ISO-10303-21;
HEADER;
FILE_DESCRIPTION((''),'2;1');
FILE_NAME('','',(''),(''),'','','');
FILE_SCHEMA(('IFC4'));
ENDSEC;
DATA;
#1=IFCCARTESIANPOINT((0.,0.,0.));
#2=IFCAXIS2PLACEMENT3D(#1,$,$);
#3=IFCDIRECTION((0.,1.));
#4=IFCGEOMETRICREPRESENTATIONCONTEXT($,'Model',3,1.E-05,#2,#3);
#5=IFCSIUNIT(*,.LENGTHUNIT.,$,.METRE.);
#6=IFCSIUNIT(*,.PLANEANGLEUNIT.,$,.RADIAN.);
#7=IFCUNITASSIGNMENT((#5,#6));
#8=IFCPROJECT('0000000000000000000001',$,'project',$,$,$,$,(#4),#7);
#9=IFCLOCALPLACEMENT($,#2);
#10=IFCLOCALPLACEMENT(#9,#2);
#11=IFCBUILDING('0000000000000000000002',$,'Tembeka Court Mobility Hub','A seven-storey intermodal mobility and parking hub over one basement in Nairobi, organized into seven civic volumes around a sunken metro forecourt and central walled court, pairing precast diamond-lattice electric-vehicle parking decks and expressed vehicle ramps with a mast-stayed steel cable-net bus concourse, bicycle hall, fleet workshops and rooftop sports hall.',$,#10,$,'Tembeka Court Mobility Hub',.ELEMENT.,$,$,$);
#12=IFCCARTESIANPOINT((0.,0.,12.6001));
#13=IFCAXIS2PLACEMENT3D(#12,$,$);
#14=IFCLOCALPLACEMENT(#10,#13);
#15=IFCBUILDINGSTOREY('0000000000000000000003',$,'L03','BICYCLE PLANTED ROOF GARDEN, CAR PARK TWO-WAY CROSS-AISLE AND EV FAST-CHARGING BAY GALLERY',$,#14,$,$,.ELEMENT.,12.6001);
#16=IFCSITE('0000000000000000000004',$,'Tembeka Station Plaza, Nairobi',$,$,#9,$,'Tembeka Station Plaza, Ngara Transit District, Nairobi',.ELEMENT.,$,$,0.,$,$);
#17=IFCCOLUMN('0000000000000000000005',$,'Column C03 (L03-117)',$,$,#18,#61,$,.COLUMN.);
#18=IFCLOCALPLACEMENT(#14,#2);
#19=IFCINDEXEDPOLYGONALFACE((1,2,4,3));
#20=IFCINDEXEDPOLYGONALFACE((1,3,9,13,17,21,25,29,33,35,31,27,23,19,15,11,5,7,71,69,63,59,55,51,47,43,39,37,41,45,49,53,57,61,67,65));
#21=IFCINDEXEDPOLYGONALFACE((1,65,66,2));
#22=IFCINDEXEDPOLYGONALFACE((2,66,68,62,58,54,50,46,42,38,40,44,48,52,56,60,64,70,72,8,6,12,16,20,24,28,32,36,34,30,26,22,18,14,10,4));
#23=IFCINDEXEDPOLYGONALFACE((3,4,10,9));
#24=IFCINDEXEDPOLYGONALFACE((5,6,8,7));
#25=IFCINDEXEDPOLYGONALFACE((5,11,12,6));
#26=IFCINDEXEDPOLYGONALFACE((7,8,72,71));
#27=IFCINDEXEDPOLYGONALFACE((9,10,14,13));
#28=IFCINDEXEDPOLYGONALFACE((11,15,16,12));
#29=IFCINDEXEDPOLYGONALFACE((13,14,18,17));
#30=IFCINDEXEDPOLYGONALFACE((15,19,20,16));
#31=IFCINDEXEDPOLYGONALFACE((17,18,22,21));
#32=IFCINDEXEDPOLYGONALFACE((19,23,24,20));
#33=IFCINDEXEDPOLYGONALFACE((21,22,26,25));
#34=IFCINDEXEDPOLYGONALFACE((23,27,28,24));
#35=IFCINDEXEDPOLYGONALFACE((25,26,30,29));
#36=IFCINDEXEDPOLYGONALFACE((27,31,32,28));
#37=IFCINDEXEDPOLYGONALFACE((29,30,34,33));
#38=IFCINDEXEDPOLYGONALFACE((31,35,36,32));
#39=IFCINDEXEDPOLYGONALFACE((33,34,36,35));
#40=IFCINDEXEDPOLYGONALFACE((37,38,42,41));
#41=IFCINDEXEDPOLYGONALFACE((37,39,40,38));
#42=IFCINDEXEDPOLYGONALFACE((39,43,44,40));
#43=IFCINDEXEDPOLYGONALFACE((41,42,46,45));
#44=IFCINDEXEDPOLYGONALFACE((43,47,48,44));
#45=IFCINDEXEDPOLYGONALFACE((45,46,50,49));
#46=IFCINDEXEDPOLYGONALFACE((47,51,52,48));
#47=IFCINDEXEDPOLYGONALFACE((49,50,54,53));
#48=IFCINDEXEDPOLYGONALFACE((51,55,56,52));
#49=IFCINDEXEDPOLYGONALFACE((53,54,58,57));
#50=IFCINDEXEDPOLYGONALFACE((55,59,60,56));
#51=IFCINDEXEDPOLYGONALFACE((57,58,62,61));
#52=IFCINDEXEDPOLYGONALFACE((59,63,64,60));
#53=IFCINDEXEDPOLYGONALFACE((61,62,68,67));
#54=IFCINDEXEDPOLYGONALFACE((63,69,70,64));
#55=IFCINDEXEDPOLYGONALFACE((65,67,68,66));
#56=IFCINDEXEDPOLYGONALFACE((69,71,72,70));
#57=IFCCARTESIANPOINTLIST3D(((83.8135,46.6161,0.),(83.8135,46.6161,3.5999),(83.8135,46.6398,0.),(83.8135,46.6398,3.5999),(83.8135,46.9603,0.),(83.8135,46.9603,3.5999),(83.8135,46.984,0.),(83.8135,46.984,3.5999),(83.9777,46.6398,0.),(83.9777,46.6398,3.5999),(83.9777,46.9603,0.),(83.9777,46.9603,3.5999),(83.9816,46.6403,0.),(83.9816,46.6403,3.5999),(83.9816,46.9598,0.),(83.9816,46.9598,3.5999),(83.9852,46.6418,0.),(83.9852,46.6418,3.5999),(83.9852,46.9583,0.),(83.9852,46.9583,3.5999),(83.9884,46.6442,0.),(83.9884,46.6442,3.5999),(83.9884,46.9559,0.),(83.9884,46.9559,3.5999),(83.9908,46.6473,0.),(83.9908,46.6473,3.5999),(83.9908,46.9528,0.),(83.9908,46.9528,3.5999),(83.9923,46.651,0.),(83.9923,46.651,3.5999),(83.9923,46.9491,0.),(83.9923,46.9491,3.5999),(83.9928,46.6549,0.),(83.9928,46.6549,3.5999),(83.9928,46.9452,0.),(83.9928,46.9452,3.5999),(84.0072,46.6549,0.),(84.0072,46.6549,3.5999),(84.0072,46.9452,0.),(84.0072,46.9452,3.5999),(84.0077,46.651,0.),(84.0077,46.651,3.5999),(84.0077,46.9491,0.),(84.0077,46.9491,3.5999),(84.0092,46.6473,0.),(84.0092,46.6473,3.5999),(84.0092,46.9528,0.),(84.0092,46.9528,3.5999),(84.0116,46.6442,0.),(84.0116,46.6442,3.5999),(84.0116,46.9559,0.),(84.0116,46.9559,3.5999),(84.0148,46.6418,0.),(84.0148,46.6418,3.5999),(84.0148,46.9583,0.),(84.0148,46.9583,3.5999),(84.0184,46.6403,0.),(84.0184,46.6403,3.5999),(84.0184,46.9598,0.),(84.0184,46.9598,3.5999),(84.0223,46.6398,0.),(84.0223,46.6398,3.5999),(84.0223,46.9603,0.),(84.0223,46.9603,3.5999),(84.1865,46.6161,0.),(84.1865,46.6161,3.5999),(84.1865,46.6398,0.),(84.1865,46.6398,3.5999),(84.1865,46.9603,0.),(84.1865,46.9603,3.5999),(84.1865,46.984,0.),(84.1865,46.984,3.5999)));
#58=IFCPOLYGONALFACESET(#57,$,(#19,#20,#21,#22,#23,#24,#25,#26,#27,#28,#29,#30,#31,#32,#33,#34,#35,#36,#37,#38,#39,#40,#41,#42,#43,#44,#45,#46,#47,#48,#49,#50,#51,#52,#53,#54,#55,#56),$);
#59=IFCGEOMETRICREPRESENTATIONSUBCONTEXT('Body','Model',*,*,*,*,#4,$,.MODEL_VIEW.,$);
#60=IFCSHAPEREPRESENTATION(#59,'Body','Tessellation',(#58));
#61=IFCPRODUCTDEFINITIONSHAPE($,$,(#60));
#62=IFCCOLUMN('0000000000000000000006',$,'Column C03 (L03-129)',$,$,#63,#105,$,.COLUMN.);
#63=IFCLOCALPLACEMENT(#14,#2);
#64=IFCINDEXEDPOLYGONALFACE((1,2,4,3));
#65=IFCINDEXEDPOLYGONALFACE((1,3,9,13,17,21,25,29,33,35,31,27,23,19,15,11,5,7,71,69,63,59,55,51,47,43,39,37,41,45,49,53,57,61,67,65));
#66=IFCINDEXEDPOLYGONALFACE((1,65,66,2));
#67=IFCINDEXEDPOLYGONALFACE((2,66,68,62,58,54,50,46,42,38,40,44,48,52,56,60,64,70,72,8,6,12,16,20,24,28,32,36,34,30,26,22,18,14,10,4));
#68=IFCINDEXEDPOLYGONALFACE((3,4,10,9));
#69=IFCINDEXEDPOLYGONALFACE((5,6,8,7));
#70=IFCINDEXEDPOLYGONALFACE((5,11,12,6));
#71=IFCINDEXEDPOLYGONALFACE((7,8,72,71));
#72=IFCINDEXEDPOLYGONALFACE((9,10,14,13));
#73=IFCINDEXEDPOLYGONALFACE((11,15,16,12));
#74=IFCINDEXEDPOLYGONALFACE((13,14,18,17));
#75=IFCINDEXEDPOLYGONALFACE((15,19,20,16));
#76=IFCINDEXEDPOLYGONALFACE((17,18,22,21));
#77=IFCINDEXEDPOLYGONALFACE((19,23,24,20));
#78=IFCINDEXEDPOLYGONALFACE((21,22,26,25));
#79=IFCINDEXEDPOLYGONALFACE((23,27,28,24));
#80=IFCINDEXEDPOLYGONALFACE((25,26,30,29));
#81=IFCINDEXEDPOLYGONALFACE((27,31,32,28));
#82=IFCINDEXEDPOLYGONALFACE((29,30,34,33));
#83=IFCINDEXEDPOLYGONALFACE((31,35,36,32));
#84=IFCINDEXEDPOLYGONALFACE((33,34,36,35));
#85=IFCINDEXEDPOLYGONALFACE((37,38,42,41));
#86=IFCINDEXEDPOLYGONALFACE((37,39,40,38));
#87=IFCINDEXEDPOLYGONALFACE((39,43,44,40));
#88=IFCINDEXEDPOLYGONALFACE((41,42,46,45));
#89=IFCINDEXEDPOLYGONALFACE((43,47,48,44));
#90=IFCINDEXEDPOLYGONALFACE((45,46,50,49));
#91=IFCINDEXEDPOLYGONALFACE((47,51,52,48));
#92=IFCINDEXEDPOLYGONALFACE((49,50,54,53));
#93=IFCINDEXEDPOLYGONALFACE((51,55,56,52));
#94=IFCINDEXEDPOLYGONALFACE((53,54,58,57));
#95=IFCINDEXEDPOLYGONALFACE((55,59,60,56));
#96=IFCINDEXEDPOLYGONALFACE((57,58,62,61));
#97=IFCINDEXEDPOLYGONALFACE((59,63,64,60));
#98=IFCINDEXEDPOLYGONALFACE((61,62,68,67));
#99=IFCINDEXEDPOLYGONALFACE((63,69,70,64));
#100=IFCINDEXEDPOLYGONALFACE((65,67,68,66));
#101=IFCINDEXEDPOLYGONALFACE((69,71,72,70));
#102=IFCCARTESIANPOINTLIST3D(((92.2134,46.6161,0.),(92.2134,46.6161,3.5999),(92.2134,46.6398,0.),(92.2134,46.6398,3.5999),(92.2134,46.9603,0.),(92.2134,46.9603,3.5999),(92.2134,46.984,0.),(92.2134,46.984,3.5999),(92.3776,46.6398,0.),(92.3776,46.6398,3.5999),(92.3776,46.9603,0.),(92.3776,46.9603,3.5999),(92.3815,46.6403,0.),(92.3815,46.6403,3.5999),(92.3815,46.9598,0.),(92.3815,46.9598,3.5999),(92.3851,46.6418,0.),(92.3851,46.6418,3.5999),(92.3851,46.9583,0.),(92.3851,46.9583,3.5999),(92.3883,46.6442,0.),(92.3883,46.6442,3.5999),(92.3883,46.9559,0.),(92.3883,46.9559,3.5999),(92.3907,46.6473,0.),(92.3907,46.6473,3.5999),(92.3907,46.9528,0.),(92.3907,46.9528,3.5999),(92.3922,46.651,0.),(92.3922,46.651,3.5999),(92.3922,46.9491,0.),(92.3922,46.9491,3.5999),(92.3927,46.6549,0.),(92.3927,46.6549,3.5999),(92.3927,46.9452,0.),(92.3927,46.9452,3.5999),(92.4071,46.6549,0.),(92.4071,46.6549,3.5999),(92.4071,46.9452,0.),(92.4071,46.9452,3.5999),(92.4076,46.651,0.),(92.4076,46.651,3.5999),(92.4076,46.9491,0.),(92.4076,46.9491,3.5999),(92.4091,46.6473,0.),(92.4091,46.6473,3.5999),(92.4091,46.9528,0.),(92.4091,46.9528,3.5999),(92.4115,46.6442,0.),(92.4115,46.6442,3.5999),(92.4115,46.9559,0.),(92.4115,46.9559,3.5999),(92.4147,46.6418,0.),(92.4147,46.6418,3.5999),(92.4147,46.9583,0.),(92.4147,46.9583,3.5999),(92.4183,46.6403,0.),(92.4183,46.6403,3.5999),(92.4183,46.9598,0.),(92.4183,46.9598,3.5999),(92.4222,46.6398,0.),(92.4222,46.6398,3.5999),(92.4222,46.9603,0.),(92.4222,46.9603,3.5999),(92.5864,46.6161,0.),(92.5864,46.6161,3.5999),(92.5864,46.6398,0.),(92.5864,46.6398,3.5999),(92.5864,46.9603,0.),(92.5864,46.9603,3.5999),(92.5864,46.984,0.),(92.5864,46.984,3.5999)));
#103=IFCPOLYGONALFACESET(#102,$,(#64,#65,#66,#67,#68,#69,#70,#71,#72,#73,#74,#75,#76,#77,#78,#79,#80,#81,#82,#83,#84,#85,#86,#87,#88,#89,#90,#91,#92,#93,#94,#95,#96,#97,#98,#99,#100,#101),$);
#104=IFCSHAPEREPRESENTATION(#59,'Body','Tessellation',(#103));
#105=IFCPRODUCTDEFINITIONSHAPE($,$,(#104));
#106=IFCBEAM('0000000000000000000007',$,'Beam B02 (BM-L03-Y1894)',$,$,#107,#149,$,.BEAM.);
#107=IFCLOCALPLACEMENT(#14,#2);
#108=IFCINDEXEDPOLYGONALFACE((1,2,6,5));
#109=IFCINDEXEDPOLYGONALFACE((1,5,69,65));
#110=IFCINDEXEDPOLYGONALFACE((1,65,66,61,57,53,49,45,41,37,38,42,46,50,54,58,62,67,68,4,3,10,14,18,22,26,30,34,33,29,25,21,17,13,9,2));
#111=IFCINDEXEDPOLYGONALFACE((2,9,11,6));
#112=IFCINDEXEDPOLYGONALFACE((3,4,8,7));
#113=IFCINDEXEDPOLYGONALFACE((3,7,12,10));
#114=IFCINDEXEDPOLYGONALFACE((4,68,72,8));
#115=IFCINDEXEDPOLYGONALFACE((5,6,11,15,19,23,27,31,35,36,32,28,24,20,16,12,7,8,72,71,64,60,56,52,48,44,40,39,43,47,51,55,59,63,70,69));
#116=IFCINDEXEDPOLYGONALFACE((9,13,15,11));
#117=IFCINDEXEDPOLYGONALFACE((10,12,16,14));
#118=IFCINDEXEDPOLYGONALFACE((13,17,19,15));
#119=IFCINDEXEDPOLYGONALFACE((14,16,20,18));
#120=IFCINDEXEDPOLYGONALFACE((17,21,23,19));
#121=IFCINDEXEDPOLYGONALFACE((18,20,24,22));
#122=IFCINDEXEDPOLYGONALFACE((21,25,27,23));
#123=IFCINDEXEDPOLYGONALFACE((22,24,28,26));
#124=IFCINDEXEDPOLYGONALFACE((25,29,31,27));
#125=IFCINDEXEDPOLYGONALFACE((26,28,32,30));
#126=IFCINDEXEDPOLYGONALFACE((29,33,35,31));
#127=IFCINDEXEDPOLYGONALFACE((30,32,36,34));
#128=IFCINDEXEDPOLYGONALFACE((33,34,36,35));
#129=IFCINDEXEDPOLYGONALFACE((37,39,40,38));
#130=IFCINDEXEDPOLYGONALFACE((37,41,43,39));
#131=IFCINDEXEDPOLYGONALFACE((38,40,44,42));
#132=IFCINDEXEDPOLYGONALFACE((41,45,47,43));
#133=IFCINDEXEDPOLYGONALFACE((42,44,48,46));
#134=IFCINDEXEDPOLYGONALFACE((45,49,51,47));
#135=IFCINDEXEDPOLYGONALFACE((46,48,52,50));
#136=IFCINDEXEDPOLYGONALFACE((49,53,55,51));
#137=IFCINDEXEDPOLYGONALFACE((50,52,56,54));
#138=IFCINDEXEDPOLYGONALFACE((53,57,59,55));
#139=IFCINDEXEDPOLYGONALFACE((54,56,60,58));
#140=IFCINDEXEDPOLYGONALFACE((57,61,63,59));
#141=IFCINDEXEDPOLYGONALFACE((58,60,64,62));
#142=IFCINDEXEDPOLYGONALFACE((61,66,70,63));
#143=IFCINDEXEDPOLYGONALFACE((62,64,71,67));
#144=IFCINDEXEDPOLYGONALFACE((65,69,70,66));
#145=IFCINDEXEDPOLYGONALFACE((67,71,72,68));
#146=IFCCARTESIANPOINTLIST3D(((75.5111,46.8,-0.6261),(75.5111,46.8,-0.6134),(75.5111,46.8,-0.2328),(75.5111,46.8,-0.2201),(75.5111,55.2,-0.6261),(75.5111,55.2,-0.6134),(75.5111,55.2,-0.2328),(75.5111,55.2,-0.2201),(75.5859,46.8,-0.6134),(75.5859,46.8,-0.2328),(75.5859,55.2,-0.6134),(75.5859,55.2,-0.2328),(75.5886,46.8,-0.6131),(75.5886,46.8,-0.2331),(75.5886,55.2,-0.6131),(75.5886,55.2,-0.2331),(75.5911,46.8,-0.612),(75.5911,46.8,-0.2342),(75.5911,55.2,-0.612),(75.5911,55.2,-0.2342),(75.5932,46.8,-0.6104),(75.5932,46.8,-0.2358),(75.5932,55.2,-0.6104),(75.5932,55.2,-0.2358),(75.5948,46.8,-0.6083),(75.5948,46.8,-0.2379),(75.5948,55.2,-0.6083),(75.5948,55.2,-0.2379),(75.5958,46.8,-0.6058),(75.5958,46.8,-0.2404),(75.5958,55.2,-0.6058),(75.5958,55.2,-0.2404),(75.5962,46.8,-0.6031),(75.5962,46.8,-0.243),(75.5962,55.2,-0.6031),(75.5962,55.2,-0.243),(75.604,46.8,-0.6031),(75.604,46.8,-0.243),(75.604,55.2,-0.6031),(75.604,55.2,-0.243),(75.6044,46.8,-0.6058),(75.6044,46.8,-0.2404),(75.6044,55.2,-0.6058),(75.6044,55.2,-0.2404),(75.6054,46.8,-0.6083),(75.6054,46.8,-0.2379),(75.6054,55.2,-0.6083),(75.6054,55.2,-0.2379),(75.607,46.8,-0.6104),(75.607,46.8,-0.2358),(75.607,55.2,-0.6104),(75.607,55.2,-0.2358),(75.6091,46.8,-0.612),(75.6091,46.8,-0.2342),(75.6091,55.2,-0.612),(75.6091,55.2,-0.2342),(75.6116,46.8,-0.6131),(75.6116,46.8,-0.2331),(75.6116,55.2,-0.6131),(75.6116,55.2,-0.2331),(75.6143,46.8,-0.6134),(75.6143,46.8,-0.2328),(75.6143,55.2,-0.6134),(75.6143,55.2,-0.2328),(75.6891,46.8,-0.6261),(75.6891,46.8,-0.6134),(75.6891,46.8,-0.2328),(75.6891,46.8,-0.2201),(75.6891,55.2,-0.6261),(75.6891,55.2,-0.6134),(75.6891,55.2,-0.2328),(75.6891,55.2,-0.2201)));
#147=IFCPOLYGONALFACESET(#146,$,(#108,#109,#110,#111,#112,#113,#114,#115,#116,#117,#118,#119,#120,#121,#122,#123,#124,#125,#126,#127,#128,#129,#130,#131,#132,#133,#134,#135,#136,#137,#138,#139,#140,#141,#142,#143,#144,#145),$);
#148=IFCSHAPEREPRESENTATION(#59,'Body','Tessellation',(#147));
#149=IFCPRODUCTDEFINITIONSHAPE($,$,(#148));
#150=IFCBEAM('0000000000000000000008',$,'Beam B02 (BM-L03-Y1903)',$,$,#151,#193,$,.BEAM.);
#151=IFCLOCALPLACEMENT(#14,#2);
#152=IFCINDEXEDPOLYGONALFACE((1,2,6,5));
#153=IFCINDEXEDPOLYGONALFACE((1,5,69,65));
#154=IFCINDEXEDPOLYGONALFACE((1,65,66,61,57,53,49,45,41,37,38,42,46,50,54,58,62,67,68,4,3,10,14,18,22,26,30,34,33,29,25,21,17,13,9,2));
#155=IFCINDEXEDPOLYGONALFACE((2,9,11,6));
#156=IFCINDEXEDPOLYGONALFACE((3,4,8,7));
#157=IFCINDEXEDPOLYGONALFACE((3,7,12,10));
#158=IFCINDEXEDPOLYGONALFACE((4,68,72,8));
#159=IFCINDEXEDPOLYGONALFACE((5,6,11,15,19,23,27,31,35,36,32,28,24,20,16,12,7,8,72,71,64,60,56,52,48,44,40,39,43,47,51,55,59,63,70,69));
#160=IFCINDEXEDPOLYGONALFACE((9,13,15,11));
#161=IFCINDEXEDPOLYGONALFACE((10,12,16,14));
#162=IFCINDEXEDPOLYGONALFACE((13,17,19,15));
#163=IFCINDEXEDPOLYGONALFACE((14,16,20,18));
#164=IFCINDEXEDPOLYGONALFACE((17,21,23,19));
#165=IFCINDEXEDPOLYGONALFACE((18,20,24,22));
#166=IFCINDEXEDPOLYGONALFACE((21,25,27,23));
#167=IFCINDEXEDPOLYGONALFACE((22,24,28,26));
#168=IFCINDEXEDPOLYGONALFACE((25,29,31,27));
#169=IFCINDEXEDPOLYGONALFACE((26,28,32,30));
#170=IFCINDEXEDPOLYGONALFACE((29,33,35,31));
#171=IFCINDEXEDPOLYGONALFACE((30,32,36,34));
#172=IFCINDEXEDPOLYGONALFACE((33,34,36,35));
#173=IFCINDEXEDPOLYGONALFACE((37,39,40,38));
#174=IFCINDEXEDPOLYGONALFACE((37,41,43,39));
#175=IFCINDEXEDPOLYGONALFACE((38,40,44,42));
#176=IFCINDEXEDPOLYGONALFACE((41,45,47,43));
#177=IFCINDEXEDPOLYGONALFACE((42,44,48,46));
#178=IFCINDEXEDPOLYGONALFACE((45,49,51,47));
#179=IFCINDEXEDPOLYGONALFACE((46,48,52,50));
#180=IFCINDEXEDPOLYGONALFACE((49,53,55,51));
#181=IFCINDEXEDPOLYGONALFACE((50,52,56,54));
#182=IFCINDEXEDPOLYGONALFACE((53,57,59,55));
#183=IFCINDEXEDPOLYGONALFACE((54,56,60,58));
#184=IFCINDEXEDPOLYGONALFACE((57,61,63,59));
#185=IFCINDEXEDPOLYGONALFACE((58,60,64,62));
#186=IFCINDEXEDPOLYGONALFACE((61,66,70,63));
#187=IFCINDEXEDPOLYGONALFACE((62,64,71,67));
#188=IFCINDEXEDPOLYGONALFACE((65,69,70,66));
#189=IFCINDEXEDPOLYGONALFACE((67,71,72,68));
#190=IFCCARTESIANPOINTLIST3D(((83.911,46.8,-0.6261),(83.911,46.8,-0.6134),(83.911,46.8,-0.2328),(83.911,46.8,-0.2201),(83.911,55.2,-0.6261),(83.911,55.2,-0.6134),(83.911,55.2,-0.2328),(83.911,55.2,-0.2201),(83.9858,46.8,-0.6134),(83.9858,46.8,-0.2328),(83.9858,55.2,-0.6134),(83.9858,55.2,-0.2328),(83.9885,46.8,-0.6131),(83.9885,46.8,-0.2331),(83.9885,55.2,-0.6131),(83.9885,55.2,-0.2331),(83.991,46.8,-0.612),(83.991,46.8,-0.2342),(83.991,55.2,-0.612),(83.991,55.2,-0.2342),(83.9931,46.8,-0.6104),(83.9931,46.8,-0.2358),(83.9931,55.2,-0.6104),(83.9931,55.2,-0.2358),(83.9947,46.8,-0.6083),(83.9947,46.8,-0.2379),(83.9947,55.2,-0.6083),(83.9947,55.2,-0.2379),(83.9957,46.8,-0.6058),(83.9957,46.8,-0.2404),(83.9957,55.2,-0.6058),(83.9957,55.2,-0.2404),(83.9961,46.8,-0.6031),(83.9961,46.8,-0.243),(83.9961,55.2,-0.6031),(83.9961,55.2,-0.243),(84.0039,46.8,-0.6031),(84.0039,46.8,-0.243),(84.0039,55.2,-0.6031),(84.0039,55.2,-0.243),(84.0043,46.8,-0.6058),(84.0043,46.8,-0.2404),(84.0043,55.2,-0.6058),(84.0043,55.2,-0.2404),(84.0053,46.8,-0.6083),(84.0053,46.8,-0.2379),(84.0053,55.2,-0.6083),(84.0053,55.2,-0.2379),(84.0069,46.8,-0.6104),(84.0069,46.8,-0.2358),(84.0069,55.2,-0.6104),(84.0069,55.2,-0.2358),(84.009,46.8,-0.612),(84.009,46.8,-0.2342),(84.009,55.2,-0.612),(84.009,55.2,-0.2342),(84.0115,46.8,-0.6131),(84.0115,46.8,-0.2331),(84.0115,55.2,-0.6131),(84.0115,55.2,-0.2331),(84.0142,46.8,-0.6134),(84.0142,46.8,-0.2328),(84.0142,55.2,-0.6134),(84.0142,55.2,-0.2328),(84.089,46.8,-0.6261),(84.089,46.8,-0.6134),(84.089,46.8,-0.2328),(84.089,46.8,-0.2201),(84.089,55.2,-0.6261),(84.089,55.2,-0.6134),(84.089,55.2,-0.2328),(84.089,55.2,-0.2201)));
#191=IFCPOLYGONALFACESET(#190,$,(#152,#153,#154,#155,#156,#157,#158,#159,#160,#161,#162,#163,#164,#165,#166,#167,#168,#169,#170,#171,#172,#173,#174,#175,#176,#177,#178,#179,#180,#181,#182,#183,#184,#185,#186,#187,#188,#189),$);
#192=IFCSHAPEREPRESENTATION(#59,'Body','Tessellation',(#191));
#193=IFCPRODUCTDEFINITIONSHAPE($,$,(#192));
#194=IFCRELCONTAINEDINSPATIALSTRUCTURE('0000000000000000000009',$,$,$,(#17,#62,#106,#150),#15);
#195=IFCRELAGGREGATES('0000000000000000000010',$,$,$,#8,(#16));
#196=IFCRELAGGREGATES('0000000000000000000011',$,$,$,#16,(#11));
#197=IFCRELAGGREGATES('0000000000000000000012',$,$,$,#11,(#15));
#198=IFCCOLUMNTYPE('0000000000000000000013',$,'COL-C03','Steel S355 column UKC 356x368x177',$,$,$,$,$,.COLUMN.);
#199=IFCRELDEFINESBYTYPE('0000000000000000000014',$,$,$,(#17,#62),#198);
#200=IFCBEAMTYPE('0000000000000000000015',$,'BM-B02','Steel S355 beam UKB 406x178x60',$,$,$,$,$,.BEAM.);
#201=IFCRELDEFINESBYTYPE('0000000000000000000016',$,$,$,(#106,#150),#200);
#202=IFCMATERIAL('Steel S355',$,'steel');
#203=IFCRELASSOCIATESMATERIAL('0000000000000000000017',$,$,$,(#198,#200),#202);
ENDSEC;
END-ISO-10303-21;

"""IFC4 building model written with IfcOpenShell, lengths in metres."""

from ifc_helpers import new_model, si_unit, direction, frame, origin, origin_2d, place, context, subcontext, project, spatial, i_section, extrude, material, material_profile, profile_set, type_object, element, save


model = new_model("IFC4")

# Units and contexts
model_context = context("Model", 3, precision=1e-05, world=origin(), true_north=direction((0.0, 1.0)))
body_context = subcontext(model_context, "Body", "Model", "MODEL_VIEW")
ifc_project = project(units=[si_unit("LENGTHUNIT", "METRE"), si_unit("PLANEANGLEUNIT", "RADIAN")], contexts=[model_context])

# Site, building, storey
site_placement = place(None, origin())
site = spatial("IfcSite", under=ifc_project, at=site_placement, Name="Tembeka Station Plaza, Nairobi", LongName="Tembeka Station Plaza, Ngara Transit District, Nairobi", CompositionType="ELEMENT", RefElevation=0.0)
building_placement = place(site_placement, origin())
building = spatial("IfcBuilding", under=site, at=building_placement, Name="Tembeka Court Mobility Hub", Description="A seven-storey intermodal mobility and parking hub over one basement in Nairobi, organized into seven civic volumes around a sunken metro forecourt and central walled court, pairing precast diamond-lattice electric-vehicle parking decks and expressed vehicle ramps with a mast-stayed steel cable-net bus concourse, bicycle hall, fleet workshops and rooftop sports hall.", LongName="Tembeka Court Mobility Hub", CompositionType="ELEMENT")
storey_placement = place(building_placement, frame((0.0, 0.0, 12.6001)))
storey = spatial("IfcBuildingStorey", under=building, at=storey_placement, Name="L03", Description="BICYCLE PLANTED ROOF GARDEN, CAR PARK TWO-WAY CROSS-AISLE AND EV FAST-CHARGING BAY GALLERY", CompositionType="ELEMENT", Elevation=12.6001)

# Columns
ifc_material_1 = material(Name="Steel S355", Category="steel")
ifc_material_profile_1 = material_profile(ifc_material_1, i_section(OverallWidth=0.373, OverallDepth=0.3679, WebThickness=0.0144, FlangeThickness=0.0237, FilletRadius=0.0151, at=origin_2d()), Name="UKC 356x368x177")
ifc_profile_set_1 = profile_set([ifc_material_profile_1], Name="Steel S355")
column_type = type_object("IfcColumnType", Name="COL-C03", Description="Steel S355 column UKC 356x368x177", PredefinedType="COLUMN", material=ifc_profile_set_1)
for number, where, z_axis, x_axis, name in (
    (1, (84.0, 46.8, 0.0), (0.0, 0.0, 1.0), (1.0, 0.0, 0.0), "Column C03 (L03-117)"),
    (2, (92.3999, 46.8, 0.0), (0.0, 0.0, 1.0), (1.0, 0.0, 0.0), "Column C03 (L03-129)"),
):
    element("IfcColumn", number, at=place(storey_placement, frame(where, z_axis=z_axis, x_axis=x_axis)), inside=storey, type_object=column_type, Name=name, PredefinedType="COLUMN", context=body_context, shape_type="SweptSolid", body=[
        extrude(i_section(OverallWidth=0.373, OverallDepth=0.3679, WebThickness=0.0144, FlangeThickness=0.0237, FilletRadius=0.0151, at=origin_2d()), origin(), (0.0, 0.0, 1.0), 3.5999),
    ])

# Beams
ifc_material_profile_2 = material_profile(ifc_material_1, i_section(OverallWidth=0.178, OverallDepth=0.406, WebThickness=0.0078, FlangeThickness=0.0127, FilletRadius=0.0103, at=origin_2d()), Name="UKB 406x178x60")
ifc_profile_set_2 = profile_set([ifc_material_profile_2], Name="Steel S355")
beam_type_1 = type_object("IfcBeamType", Name="BM-B02", Description="Steel S355 beam UKB 406x178x60", PredefinedType="BEAM", material=ifc_profile_set_2)
for number, where, z_axis, x_axis, name in (
    (3, (75.6001, 46.8, -0.4231), (0.0, 1.0, 0.0), (-1.0, 0.0, 0.0), "Beam B02 (BM-L03-Y1894)"),
    (4, (84.0, 46.8, -0.4231), (0.0, 1.0, 0.0), (-1.0, 0.0, 0.0), "Beam B02 (BM-L03-Y1903)"),
):
    element("IfcBeam", number, at=place(storey_placement, frame(where, z_axis=z_axis, x_axis=x_axis)), inside=storey, type_object=beam_type_1, Name=name, PredefinedType="BEAM", context=body_context, shape_type="SweptSolid", body=[
        extrude(i_section(OverallWidth=0.178, OverallDepth=0.406, WebThickness=0.0078, FlangeThickness=0.0127, FilletRadius=0.0103, at=origin_2d()), origin(), (0.0, 0.0, 1.0), 8.3999),
    ])

save(model, "model.ifc")
